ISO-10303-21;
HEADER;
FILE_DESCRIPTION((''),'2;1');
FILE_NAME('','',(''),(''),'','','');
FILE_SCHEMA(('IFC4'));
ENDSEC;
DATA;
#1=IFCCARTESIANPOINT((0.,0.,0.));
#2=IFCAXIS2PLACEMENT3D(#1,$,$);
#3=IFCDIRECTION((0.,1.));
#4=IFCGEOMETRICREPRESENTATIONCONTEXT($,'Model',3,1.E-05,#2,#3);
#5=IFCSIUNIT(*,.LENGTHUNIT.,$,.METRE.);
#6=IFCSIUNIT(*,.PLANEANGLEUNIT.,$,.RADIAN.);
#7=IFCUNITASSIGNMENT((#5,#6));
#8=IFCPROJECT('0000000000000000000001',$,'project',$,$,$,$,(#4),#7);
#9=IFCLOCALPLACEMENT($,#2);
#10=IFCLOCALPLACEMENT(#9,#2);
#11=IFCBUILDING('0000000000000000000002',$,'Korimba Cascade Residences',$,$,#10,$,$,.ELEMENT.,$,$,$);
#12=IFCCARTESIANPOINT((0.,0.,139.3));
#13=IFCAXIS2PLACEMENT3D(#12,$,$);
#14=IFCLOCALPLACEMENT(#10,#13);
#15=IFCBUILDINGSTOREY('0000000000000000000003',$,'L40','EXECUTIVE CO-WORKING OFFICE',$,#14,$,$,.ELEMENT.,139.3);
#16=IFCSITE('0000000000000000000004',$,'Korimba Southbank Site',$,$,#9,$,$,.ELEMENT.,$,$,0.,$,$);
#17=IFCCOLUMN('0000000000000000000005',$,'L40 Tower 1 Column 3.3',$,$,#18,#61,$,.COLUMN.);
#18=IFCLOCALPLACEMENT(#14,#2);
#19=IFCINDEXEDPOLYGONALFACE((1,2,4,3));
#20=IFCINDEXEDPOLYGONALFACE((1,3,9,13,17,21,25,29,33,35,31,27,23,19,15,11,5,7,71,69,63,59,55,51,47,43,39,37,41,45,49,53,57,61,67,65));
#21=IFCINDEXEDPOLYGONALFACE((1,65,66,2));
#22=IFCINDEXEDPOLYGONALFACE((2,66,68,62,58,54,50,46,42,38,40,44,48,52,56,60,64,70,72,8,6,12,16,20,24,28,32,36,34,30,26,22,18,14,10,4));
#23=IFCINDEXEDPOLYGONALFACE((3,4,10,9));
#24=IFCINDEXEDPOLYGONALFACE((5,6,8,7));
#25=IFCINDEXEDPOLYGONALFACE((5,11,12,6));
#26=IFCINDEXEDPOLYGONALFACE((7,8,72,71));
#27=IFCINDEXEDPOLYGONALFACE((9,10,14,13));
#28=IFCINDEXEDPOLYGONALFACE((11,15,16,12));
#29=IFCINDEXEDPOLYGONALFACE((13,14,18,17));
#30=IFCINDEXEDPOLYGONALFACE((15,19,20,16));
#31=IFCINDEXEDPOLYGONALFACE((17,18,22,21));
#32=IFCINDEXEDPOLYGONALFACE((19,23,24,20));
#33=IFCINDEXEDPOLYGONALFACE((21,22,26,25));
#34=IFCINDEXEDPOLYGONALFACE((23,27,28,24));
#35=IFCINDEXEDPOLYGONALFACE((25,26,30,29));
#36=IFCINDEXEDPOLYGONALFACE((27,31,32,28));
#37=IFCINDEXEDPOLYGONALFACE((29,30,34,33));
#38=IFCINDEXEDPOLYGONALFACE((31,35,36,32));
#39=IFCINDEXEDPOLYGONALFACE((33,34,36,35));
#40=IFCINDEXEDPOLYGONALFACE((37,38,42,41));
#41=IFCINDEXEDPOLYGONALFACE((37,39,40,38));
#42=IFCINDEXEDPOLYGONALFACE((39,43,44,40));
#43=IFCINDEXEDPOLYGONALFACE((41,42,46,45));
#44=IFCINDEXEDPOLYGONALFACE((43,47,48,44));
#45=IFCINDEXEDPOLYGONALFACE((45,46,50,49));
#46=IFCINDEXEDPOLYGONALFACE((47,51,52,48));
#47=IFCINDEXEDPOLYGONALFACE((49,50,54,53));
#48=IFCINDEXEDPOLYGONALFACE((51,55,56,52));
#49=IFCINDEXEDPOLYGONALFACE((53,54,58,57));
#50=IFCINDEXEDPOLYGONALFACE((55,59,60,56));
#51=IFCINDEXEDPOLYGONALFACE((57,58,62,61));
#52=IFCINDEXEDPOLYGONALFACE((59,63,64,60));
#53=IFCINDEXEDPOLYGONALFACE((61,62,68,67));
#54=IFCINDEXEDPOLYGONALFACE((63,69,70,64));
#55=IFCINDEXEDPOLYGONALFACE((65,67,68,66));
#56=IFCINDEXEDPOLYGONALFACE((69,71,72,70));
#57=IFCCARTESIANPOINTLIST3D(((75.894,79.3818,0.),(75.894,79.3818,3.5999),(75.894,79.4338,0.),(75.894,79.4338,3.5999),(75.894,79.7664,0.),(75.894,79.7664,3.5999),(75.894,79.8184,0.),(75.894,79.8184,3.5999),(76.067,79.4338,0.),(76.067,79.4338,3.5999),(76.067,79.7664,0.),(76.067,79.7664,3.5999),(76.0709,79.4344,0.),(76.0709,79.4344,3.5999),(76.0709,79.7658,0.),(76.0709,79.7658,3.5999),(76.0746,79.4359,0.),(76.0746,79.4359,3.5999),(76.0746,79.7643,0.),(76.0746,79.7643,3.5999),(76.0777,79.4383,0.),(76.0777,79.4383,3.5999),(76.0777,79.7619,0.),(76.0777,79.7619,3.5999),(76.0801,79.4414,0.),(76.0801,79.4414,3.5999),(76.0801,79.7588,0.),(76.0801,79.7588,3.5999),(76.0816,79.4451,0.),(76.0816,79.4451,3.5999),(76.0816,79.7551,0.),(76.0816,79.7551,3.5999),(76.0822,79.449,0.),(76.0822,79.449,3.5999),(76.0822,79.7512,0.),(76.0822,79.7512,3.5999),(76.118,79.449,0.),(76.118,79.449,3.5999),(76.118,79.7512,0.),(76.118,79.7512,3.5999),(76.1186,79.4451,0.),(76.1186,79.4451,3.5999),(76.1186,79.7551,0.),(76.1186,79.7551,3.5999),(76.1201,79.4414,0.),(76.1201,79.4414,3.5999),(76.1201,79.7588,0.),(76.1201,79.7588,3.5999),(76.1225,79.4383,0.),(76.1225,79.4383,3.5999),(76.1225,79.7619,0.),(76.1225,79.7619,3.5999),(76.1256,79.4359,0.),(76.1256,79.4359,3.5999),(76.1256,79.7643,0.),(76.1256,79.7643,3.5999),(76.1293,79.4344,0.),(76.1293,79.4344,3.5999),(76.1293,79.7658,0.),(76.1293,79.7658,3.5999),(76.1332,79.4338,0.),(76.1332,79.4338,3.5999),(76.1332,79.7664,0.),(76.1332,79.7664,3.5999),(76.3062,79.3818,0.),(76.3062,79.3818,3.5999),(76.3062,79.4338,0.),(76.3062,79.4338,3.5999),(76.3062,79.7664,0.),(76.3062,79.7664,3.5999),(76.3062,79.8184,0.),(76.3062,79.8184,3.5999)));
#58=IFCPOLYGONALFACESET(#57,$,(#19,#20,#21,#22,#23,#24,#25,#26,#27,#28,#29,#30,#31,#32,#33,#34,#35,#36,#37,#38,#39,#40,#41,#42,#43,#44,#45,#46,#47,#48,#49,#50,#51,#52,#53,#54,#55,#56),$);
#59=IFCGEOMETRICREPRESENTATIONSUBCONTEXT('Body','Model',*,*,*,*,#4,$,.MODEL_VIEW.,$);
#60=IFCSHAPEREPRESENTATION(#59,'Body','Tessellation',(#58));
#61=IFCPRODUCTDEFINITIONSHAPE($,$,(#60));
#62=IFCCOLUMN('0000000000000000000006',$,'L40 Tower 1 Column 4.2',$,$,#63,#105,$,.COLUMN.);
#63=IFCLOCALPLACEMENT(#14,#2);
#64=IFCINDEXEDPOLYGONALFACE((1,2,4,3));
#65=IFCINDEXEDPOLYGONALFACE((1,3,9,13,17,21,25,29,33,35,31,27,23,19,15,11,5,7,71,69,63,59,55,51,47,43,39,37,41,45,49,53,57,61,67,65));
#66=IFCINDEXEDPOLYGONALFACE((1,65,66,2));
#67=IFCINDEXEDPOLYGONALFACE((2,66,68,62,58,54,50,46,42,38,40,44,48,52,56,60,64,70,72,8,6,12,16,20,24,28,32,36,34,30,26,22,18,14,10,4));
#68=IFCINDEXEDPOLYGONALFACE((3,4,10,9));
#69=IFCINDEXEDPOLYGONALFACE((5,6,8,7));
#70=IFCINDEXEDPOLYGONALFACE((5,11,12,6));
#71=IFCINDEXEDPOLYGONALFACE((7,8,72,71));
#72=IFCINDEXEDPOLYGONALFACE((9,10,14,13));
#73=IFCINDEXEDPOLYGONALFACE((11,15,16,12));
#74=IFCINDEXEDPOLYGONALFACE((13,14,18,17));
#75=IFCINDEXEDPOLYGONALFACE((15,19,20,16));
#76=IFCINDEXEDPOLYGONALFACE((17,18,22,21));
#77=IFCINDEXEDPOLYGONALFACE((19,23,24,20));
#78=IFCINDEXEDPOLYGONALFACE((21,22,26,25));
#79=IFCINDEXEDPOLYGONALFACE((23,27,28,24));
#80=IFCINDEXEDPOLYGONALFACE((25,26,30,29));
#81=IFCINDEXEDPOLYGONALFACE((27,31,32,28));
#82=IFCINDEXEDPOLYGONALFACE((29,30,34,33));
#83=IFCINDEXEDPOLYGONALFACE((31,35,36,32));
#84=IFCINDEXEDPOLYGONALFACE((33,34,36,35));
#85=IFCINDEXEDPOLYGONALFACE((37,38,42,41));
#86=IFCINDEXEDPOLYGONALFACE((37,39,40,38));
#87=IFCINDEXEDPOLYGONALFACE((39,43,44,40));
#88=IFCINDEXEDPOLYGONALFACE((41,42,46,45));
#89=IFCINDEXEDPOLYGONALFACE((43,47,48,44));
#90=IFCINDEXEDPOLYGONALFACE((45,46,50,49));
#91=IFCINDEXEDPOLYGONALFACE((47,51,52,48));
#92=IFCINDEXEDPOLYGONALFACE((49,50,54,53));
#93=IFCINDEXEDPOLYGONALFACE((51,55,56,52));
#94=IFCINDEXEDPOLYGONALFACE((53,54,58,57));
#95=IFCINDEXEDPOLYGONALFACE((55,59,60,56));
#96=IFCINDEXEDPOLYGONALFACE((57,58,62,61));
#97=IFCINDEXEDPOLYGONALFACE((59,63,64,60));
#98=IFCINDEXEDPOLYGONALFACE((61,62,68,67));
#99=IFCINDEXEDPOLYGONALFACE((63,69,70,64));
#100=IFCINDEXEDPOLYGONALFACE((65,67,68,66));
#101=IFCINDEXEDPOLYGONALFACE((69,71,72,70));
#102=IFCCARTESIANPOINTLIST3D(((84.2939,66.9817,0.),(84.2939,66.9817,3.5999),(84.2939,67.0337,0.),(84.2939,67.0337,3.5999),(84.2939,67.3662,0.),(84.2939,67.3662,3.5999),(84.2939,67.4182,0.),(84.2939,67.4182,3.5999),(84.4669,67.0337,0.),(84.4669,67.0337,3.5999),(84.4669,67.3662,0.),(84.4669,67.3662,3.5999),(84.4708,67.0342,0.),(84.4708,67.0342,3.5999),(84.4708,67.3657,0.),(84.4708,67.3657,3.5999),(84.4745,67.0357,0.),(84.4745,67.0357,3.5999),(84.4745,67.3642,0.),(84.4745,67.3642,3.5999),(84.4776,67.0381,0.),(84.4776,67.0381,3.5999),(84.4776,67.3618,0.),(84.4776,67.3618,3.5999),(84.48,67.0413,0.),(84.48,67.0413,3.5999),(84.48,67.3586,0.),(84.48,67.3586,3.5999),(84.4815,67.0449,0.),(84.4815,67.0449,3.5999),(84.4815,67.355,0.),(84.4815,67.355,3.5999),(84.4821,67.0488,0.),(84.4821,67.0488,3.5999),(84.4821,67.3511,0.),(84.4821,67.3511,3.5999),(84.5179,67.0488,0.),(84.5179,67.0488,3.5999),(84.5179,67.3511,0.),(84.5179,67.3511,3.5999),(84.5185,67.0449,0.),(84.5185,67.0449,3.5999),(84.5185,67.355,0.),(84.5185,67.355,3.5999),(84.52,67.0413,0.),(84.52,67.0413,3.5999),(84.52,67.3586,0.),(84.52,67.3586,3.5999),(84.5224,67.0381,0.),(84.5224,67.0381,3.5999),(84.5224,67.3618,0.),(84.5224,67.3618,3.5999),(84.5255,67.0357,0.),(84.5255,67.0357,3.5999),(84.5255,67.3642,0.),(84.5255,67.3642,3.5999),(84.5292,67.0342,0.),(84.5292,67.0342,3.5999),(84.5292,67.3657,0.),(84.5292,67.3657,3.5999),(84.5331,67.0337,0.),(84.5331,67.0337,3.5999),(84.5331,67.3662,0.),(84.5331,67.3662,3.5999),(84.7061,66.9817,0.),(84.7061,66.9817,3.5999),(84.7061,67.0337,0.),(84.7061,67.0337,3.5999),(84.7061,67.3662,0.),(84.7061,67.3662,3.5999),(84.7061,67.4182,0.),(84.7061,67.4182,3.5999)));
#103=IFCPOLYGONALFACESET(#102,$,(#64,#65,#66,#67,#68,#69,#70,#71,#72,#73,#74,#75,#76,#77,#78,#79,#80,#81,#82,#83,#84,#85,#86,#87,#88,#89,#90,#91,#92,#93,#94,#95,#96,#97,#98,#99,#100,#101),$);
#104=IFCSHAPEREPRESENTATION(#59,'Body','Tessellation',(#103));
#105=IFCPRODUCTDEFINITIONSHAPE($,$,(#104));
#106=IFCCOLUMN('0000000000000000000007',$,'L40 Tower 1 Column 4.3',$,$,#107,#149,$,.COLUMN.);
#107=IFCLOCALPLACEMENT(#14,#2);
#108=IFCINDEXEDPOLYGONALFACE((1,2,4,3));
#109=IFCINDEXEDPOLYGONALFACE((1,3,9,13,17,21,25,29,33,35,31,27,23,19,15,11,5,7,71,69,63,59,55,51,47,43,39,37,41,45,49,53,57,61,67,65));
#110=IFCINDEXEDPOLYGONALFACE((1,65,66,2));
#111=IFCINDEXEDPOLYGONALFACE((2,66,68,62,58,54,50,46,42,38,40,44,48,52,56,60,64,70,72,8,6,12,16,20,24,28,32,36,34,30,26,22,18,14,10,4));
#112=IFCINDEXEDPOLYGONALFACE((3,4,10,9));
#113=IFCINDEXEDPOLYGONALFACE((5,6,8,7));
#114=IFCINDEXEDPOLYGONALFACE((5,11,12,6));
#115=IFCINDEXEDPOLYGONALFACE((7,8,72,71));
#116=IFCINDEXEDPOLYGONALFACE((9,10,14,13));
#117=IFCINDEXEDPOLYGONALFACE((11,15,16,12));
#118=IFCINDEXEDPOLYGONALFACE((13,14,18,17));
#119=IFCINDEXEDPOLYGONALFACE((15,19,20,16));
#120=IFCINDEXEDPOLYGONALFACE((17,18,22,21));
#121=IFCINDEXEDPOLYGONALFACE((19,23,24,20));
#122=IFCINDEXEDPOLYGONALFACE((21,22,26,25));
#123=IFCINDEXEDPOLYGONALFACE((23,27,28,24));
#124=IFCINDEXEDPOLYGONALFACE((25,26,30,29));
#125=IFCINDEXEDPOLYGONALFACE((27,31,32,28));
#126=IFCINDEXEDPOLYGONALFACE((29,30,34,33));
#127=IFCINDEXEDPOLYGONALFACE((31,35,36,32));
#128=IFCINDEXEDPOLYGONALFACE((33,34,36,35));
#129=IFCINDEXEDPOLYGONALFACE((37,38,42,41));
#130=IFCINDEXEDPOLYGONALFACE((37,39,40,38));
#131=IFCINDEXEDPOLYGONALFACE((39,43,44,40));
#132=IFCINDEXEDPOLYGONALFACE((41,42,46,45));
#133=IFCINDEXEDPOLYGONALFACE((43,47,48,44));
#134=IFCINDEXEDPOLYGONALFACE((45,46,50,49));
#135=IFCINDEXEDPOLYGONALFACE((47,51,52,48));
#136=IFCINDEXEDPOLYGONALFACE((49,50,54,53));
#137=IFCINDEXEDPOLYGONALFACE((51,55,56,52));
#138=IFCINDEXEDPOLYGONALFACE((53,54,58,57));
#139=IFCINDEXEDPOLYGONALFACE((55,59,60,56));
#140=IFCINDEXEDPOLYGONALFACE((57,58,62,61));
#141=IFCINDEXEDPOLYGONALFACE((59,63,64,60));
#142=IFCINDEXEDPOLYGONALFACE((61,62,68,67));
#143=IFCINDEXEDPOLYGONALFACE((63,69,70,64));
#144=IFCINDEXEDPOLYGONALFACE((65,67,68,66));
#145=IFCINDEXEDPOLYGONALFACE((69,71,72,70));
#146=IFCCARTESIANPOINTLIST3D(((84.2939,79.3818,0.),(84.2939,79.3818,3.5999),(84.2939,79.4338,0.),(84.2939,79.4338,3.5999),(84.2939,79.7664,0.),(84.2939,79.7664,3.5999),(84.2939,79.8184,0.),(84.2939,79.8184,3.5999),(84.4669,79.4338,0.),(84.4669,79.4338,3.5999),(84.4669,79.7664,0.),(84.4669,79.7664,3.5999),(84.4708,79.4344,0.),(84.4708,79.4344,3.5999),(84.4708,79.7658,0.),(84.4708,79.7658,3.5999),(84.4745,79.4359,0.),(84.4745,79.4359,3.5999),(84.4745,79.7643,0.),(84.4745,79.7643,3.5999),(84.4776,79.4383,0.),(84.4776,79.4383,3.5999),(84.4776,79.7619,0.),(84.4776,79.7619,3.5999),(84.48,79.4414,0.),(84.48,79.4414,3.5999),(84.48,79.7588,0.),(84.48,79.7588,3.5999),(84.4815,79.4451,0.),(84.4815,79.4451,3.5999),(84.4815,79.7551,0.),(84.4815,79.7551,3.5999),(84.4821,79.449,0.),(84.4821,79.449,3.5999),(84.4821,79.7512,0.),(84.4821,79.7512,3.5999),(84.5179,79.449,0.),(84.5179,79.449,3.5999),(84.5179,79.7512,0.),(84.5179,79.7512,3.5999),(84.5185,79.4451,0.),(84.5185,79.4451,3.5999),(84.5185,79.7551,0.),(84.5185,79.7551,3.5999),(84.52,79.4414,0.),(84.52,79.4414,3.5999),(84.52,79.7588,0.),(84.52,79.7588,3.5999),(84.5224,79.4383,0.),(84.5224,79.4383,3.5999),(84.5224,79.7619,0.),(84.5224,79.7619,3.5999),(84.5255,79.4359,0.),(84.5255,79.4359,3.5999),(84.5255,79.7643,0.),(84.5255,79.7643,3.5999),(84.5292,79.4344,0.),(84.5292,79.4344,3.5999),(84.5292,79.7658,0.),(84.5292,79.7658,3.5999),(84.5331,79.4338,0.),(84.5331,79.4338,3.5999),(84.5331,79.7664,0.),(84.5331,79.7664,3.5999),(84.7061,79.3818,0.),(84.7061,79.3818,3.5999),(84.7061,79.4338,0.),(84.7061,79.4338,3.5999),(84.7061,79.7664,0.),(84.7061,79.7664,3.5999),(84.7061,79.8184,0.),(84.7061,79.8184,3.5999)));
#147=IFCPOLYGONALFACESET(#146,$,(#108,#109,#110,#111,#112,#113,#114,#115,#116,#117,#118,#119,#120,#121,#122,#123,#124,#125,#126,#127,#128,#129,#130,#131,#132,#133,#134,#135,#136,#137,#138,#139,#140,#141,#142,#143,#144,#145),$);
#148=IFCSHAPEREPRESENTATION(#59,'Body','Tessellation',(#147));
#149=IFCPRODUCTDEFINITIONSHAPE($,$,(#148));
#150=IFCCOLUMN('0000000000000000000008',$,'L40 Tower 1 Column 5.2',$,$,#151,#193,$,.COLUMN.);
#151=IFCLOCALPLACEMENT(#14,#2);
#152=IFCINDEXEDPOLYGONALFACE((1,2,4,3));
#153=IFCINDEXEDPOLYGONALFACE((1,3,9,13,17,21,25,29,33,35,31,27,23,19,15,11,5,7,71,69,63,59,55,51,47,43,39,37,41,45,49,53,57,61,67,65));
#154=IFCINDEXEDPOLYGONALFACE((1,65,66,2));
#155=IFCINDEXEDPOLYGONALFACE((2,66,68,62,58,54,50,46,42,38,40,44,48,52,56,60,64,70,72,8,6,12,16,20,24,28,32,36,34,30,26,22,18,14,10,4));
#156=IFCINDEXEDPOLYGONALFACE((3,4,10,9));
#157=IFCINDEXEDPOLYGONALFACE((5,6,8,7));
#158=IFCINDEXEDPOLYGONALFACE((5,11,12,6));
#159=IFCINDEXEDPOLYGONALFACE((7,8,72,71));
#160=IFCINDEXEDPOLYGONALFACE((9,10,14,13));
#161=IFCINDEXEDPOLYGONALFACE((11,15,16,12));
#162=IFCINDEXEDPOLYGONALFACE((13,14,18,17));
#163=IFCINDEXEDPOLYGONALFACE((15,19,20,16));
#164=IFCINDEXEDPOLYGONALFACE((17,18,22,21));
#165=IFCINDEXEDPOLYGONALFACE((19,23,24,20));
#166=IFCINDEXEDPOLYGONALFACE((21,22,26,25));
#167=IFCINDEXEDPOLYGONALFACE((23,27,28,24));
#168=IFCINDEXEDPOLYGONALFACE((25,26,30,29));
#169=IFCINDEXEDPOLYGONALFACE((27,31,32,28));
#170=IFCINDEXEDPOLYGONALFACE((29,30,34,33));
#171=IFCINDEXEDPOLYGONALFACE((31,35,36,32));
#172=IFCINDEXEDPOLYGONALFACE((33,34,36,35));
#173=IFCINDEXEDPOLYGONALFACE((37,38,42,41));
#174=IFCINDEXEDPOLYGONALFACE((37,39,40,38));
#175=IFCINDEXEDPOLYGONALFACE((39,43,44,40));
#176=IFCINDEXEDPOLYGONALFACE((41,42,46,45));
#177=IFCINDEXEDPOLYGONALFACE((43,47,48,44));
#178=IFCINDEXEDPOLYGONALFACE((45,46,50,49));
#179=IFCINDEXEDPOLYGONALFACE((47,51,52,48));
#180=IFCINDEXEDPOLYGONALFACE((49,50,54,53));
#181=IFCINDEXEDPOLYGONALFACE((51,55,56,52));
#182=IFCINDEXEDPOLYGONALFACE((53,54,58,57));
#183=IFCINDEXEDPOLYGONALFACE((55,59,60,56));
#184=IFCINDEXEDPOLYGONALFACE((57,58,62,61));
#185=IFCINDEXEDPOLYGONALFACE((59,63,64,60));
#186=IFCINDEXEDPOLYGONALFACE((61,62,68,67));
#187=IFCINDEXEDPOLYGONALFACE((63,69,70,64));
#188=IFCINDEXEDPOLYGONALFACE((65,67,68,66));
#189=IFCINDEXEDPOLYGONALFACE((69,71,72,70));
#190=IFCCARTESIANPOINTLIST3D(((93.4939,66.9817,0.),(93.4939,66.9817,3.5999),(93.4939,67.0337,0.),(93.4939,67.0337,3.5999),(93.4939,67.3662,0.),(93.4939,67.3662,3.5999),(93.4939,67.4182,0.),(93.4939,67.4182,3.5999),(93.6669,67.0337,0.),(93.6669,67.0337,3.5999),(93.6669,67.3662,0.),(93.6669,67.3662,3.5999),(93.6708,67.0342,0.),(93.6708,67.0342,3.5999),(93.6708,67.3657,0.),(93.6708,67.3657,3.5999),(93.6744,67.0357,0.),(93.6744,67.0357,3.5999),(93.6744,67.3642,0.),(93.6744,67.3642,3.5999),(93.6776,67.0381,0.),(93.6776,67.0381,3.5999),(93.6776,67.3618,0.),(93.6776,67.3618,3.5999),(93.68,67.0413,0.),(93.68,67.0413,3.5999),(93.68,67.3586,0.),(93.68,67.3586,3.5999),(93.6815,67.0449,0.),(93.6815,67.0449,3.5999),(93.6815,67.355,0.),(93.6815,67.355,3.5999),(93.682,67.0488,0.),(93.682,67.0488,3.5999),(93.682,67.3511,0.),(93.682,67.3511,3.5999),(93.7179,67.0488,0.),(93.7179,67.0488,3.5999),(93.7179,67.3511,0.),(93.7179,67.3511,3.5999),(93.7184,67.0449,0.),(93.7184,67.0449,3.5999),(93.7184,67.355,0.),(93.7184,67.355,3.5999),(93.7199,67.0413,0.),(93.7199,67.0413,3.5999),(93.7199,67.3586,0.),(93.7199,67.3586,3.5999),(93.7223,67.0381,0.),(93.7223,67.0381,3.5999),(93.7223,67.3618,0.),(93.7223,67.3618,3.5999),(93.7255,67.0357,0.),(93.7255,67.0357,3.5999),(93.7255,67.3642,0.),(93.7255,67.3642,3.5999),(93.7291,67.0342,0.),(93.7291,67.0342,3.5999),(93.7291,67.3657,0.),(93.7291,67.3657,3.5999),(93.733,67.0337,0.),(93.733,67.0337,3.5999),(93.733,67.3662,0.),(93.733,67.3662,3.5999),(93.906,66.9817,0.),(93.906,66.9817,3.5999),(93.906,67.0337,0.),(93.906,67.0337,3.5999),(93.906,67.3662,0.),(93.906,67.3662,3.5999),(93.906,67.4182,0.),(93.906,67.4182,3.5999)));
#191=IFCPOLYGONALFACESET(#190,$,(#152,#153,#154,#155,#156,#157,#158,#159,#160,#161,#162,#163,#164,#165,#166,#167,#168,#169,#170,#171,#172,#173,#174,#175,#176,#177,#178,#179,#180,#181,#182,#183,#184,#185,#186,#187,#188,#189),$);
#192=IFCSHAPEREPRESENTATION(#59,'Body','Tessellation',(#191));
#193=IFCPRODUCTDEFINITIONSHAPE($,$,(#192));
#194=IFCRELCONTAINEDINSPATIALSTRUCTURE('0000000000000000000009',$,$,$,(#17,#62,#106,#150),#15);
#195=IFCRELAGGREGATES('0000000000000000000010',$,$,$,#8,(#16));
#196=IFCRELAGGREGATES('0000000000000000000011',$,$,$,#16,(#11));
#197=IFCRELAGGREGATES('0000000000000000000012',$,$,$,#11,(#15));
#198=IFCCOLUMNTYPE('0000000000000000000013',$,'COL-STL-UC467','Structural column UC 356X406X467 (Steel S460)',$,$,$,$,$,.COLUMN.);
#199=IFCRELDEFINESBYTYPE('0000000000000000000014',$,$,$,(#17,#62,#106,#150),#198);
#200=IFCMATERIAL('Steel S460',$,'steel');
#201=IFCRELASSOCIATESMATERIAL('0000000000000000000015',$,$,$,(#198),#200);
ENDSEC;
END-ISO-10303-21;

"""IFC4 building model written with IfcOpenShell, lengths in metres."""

from ifc_helpers import new_model, si_unit, direction, frame, origin, origin_2d, place, context, subcontext, project, spatial, i_section, extrude, material, material_profile, profile_set, type_object, element, save


model = new_model("IFC4")

# Units and contexts
model_context = context("Model", 3, precision=1e-05, world=origin(), true_north=direction((0.0, 1.0)))
body_context = subcontext(model_context, "Body", "Model", "MODEL_VIEW")
ifc_project = project(units=[si_unit("LENGTHUNIT", "METRE"), si_unit("PLANEANGLEUNIT", "RADIAN")], contexts=[model_context])

# Site, building, storey
site_placement = place(None, origin())
site = spatial("IfcSite", under=ifc_project, at=site_placement, Name="Korimba Southbank Site", CompositionType="ELEMENT", RefElevation=0.0)
building_placement = place(site_placement, origin())
building = spatial("IfcBuilding", under=site, at=building_placement, Name="Korimba Cascade Residences", CompositionType="ELEMENT")
storey_placement = place(building_placement, frame((0.0, 0.0, 139.3)))
storey = spatial("IfcBuildingStorey", under=building, at=storey_placement, Name="L40", Description="EXECUTIVE CO-WORKING OFFICE", CompositionType="ELEMENT", Elevation=139.3)

# Columns
ifc_material_1 = material(Name="Steel S460", Category="steel")
ifc_material_profile_1 = material_profile(ifc_material_1, i_section(OverallWidth=0.4121, OverallDepth=0.4365, WebThickness=0.0359, FlangeThickness=0.052, FilletRadius=0.0151, at=origin_2d()), Name="Steel S460")
ifc_profile_set_1 = profile_set([ifc_material_profile_1], Name="Steel S460")
column_type = type_object("IfcColumnType", Name="COL-STL-UC467", Description="Structural column UC 356X406X467 (Steel S460)", PredefinedType="COLUMN", material=ifc_profile_set_1)
for number, where, z_axis, x_axis, name in (
    (1, (76.1001, 79.6001, 0.0), (0.0, 0.0, 1.0), (1.0, 0.0, 0.0), "L40 Tower 1 Column 3.3"),
    (2, (84.5, 67.2, 0.0), (0.0, 0.0, 1.0), (1.0, 0.0, 0.0), "L40 Tower 1 Column 4.2"),
    (3, (84.5, 79.6001, 0.0), (0.0, 0.0, 1.0), (1.0, 0.0, 0.0), "L40 Tower 1 Column 4.3"),
    (4, (93.7, 67.2, 0.0), (0.0, 0.0, 1.0), (1.0, 0.0, 0.0), "L40 Tower 1 Column 5.2"),
):
    element("IfcColumn", number, at=place(storey_placement, frame(where, z_axis=z_axis, x_axis=x_axis)), inside=storey, type_object=column_type, Name=name, PredefinedType="COLUMN", context=body_context, shape_type="SweptSolid", body=[
        extrude(i_section(OverallWidth=0.4121, OverallDepth=0.4365, WebThickness=0.0359, FlangeThickness=0.052, FilletRadius=0.0151, at=origin_2d()), origin(), (0.0, 0.0, 1.0), 3.5999),
    ])

save(model, "model.ifc")
